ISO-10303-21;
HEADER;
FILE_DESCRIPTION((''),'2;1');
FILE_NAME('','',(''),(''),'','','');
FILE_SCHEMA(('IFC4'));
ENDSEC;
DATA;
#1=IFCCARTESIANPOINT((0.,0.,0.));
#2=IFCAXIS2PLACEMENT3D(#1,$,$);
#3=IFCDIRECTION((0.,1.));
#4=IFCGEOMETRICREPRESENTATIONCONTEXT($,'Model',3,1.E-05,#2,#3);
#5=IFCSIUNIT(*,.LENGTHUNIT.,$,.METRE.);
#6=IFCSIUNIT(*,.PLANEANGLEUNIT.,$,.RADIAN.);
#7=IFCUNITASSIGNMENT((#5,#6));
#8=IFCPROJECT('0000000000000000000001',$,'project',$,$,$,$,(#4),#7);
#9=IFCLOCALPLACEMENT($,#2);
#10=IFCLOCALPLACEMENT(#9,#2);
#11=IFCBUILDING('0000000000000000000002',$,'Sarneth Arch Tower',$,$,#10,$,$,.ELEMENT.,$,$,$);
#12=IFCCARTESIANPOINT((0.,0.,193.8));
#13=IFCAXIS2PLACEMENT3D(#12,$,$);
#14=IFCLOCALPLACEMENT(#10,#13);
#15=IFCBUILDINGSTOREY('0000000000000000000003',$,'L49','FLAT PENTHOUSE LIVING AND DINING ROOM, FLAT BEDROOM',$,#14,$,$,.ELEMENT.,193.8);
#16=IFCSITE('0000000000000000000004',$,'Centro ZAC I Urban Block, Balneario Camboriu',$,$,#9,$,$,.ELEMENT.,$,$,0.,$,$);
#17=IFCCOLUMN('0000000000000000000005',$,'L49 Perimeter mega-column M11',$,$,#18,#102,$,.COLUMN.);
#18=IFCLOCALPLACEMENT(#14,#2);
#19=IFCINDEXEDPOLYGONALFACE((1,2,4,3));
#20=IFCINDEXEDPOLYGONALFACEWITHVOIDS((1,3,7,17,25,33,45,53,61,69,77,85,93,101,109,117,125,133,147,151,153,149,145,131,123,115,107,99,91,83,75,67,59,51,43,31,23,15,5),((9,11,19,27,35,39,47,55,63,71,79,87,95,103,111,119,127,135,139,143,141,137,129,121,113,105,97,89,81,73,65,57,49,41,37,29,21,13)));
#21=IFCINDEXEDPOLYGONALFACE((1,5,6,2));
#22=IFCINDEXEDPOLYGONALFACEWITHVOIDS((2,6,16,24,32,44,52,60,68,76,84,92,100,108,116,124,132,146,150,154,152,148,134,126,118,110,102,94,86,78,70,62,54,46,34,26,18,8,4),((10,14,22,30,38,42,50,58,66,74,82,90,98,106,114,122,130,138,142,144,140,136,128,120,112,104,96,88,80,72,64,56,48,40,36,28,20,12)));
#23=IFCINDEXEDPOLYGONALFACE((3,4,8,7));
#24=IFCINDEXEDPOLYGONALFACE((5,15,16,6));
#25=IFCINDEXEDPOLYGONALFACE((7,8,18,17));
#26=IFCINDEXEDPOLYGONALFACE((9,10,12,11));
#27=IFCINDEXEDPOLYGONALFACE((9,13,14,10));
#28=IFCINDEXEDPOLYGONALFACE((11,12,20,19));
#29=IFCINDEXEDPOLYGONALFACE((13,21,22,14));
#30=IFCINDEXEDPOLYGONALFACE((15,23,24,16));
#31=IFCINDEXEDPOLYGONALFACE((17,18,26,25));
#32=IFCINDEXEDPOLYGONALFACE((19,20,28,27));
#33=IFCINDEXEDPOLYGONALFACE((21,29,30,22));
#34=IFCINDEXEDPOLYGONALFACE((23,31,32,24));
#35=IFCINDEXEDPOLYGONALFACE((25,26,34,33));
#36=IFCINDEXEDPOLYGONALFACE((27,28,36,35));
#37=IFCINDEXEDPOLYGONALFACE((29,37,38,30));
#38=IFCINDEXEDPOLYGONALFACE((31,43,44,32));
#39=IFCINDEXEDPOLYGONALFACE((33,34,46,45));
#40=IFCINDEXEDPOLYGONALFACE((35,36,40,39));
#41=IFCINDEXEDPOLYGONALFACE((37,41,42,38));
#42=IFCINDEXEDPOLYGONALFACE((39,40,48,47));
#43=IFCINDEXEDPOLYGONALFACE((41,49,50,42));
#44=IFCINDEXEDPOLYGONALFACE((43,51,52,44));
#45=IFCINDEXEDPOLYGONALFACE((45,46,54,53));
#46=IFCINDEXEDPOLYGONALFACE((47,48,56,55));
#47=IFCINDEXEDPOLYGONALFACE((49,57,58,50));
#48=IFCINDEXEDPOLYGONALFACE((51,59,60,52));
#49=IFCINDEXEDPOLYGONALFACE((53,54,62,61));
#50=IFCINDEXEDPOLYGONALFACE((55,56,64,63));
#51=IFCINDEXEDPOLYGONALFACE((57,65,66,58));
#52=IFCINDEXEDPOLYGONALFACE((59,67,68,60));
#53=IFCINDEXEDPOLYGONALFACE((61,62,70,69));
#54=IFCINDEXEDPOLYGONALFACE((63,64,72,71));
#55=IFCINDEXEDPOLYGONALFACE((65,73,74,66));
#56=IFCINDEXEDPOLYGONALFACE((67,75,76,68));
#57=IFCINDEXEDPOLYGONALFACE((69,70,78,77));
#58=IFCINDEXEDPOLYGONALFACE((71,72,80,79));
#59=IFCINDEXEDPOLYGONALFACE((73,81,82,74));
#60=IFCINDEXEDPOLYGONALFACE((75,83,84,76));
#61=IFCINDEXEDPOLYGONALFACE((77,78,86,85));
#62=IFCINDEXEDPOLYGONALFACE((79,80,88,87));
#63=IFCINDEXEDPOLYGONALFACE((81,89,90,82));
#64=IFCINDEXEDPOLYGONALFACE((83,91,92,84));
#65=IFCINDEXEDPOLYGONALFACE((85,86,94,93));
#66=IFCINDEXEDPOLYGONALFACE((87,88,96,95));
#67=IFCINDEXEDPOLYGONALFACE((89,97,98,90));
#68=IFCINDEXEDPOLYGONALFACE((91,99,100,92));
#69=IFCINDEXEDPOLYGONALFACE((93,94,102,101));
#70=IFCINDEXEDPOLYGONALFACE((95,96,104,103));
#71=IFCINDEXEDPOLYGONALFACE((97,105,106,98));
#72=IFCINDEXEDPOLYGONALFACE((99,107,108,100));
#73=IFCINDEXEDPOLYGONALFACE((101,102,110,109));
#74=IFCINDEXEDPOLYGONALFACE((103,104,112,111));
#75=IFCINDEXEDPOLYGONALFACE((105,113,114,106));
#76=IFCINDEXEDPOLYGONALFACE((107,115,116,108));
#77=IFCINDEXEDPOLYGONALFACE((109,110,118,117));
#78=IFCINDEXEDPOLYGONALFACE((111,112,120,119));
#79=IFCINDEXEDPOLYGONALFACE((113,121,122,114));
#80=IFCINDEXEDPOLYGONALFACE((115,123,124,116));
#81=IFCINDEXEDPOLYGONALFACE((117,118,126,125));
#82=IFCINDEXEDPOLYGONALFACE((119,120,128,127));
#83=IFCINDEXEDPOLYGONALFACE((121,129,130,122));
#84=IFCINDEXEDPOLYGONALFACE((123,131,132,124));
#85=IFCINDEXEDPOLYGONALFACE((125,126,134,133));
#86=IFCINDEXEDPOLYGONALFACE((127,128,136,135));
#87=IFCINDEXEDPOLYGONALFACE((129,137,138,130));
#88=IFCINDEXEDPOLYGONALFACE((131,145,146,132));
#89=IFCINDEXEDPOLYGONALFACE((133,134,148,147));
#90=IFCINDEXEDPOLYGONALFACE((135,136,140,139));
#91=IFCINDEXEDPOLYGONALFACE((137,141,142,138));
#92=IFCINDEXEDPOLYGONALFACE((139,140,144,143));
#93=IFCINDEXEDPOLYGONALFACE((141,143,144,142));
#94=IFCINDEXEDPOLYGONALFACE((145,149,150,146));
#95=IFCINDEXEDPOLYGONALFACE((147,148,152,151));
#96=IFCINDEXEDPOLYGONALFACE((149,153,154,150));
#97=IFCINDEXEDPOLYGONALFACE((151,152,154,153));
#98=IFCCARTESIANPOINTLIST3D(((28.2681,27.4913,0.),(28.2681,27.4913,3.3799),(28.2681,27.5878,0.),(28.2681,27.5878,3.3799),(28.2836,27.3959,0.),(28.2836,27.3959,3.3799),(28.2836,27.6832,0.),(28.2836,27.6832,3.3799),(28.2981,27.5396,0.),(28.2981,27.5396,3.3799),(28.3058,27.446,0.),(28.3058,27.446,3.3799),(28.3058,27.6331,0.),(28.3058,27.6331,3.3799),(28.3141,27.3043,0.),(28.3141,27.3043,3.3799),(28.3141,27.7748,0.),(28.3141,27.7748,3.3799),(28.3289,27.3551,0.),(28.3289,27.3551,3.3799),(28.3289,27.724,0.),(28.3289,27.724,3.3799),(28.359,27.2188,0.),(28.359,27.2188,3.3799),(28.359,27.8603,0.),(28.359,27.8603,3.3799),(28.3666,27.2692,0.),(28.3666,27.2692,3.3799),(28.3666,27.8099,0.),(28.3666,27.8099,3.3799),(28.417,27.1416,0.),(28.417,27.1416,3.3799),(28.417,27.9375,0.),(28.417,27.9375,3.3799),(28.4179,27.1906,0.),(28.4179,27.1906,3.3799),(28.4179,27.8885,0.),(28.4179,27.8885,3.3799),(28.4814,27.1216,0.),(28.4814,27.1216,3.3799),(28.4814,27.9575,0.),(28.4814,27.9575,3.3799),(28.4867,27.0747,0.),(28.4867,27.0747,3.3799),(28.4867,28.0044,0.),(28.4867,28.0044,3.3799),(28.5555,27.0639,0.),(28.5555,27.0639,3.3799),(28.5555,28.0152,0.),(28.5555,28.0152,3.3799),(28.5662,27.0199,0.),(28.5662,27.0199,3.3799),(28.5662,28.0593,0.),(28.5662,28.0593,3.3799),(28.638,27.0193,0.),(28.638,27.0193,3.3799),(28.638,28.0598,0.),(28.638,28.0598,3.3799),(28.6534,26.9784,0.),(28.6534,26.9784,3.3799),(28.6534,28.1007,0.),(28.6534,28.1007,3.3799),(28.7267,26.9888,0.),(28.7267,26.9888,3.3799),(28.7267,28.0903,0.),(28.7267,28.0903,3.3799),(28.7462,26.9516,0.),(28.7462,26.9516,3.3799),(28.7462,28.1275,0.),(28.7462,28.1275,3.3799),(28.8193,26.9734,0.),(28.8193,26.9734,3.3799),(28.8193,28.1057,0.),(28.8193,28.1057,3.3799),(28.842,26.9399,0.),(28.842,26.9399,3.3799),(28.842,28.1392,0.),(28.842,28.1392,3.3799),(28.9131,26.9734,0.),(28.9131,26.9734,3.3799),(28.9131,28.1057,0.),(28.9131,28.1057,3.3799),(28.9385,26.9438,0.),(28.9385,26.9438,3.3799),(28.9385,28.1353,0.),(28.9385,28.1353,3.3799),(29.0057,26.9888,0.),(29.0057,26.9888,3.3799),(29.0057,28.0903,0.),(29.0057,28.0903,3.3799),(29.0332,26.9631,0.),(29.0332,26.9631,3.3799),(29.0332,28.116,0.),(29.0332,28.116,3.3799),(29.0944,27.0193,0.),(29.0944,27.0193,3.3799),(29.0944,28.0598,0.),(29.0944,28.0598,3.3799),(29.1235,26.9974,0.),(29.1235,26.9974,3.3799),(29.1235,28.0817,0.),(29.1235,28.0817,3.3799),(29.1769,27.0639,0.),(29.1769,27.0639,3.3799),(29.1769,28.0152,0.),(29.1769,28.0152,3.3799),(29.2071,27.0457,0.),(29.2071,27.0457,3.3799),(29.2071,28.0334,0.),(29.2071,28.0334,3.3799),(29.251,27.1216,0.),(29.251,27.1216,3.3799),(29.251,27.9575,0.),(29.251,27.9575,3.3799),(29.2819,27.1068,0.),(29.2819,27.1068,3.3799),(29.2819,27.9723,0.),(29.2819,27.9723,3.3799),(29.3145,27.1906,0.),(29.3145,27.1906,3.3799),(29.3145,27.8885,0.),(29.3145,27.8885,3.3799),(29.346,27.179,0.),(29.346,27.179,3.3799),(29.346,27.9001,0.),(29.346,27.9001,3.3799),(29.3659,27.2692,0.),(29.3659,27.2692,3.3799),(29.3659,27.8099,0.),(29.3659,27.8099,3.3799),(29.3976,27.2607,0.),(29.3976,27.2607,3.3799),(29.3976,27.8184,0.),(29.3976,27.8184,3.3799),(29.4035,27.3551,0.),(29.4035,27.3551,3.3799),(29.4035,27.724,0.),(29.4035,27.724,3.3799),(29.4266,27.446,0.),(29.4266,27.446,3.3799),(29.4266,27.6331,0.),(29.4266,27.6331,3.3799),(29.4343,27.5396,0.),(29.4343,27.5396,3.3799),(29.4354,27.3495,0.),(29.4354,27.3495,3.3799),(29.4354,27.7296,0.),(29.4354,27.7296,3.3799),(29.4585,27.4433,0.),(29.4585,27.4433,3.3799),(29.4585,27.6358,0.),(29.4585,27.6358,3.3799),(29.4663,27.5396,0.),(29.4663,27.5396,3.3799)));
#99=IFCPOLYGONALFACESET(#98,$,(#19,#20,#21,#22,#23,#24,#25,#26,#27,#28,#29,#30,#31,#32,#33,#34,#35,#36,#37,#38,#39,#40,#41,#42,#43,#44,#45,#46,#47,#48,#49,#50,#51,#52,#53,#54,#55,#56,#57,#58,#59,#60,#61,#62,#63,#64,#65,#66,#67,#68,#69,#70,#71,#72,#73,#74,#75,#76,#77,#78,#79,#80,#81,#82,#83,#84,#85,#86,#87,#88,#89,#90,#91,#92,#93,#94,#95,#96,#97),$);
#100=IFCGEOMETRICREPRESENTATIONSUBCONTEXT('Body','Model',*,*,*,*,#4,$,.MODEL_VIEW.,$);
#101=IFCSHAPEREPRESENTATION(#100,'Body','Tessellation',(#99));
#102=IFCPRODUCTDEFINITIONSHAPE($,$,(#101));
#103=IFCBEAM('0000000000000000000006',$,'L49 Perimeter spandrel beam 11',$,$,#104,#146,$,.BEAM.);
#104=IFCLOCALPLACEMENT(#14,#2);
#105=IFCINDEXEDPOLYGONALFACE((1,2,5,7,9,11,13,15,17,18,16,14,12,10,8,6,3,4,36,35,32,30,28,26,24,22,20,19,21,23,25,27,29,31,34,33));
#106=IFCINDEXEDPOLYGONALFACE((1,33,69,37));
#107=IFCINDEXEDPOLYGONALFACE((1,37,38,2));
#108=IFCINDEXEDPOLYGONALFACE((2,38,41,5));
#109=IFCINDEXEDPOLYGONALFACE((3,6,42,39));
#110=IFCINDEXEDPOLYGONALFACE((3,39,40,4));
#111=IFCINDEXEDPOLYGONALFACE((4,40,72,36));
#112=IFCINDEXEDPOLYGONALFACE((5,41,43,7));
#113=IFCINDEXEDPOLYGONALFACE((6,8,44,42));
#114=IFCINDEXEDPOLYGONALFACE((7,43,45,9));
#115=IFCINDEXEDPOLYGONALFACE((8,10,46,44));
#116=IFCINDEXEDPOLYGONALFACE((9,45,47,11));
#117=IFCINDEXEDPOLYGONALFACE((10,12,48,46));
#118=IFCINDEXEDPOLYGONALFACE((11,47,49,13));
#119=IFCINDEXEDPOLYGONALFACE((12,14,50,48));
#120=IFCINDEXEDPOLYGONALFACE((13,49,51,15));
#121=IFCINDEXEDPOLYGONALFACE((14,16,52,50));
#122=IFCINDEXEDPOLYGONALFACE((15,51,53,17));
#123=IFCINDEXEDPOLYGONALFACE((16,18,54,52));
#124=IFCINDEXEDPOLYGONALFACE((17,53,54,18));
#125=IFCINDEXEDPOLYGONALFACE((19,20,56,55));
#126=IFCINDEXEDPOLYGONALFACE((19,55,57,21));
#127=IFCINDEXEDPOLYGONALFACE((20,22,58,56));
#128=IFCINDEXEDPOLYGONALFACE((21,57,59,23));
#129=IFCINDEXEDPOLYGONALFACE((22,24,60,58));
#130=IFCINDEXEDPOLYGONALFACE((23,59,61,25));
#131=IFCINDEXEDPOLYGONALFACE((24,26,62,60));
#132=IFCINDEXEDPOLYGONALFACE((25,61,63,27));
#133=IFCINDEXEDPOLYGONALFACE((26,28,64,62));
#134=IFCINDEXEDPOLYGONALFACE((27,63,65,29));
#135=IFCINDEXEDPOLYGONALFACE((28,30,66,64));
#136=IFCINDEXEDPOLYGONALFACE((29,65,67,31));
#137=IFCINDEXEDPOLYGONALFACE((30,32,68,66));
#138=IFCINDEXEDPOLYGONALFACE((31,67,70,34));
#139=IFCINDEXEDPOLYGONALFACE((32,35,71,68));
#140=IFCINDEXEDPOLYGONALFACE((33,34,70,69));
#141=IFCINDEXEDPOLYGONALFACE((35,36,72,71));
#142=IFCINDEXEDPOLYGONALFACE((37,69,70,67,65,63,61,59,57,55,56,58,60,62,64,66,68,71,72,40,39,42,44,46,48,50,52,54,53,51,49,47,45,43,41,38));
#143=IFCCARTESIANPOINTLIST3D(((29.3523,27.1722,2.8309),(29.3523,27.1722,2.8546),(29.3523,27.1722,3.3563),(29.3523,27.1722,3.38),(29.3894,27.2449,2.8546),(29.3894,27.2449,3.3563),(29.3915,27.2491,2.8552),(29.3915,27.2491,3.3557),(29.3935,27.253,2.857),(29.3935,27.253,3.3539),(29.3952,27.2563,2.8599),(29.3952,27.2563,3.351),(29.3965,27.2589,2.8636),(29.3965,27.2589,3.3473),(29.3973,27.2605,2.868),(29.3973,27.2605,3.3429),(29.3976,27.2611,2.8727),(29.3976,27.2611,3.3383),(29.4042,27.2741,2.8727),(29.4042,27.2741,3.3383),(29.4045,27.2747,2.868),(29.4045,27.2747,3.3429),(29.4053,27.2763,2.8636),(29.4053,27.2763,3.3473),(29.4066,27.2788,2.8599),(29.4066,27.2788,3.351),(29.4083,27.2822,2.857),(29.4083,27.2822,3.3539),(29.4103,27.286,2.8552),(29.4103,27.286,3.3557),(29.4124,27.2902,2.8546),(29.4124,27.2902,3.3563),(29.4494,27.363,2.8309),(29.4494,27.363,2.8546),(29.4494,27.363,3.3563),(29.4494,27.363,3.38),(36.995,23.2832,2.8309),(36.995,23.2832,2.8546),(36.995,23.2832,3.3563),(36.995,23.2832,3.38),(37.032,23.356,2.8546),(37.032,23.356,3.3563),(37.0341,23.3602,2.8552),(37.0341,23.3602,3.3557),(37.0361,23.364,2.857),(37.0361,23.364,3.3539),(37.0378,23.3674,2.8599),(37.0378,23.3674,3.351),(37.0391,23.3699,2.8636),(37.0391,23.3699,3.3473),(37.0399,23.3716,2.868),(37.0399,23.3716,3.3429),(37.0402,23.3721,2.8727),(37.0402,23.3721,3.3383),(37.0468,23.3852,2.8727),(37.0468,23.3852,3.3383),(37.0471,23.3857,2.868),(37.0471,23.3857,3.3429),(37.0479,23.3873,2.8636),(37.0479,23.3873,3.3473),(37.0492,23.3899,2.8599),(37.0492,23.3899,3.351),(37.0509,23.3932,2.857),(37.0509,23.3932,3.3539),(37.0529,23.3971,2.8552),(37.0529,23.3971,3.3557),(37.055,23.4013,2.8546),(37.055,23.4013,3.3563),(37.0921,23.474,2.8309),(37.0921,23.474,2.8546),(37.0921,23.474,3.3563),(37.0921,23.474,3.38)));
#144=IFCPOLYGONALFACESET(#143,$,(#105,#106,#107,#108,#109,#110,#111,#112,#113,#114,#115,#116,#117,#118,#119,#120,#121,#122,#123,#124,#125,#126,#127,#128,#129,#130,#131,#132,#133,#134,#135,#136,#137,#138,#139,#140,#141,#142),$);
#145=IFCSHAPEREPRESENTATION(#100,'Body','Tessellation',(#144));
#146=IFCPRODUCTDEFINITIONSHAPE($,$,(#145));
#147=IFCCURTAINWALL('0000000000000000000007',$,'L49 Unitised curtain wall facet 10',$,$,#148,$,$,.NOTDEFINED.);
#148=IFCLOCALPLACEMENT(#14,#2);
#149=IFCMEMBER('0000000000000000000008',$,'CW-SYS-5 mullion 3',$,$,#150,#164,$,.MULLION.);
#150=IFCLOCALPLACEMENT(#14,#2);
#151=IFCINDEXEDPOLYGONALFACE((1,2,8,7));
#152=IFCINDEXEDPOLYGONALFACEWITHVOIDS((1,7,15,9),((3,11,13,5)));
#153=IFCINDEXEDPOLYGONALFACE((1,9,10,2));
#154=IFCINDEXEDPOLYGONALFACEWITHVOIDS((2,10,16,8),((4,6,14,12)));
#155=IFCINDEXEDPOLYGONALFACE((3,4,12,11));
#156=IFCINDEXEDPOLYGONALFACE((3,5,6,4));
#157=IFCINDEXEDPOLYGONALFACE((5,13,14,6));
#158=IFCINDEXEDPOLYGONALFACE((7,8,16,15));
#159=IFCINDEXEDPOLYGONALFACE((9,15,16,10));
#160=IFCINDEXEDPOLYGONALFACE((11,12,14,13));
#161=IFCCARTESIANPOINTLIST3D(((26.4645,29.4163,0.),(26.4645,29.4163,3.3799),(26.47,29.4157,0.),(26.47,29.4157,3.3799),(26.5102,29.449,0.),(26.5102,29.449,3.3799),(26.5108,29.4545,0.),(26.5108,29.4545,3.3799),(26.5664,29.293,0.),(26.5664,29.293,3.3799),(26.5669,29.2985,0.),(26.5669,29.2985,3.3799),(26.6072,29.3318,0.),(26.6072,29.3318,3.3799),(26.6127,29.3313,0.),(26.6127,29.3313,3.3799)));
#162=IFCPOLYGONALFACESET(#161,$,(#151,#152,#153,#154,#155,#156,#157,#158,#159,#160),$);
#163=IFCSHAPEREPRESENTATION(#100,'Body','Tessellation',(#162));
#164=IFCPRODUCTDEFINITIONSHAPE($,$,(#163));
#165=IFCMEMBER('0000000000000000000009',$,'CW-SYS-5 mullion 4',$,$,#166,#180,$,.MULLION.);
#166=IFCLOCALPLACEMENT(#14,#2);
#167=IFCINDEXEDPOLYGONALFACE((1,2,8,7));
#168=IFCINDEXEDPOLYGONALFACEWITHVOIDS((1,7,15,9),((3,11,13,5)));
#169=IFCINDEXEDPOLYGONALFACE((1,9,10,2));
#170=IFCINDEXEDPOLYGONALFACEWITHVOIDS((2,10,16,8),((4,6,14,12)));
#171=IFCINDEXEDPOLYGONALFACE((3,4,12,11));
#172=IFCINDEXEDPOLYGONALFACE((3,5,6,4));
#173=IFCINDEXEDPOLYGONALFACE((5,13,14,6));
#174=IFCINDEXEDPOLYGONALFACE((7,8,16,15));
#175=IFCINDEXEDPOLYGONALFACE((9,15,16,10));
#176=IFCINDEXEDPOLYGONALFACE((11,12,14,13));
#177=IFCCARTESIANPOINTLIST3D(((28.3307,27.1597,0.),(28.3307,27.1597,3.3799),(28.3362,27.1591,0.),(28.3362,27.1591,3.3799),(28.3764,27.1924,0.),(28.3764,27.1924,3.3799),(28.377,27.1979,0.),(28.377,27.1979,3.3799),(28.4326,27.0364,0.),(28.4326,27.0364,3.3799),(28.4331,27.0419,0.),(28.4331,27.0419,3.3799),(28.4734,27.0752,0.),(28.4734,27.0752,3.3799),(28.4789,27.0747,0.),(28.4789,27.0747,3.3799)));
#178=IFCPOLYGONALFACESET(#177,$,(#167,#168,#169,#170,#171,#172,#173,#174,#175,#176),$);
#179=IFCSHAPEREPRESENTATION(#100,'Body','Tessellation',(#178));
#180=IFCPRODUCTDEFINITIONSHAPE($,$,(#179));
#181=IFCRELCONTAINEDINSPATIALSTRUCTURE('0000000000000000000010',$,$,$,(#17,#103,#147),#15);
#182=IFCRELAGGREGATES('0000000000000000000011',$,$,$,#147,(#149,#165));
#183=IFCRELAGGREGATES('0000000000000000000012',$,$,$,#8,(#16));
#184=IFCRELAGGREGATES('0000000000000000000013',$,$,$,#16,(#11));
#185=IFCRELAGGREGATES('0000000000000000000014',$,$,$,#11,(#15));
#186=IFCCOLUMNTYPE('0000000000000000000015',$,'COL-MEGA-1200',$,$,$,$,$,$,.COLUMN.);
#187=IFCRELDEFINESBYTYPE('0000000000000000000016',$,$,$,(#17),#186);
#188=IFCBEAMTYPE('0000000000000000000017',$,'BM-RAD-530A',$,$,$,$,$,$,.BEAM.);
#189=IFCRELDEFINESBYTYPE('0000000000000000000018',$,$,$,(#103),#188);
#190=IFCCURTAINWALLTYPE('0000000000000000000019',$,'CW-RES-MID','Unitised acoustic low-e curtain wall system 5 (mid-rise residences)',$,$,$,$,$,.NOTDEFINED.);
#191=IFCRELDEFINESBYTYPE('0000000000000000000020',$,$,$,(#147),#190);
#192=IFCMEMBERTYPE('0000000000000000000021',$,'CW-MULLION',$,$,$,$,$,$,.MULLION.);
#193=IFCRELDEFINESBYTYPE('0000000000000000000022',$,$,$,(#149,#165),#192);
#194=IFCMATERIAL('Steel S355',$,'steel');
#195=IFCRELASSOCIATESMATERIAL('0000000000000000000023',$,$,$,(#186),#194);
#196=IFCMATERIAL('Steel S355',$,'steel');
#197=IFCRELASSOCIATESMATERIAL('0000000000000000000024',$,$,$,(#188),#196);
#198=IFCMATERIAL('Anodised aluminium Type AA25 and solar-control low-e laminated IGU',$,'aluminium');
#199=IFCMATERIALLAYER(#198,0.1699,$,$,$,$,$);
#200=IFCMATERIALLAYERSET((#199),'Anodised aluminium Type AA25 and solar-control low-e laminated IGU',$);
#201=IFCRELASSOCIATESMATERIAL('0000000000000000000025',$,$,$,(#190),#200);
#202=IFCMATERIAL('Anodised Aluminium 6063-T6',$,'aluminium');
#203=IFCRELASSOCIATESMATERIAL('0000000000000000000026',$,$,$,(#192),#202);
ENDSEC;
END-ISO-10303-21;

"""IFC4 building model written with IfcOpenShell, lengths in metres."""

from ifc_helpers import new_model, si_unit, direction, frame, origin, origin_2d, place, context, subcontext, project, spatial, hollow_rectangle, hollow_circle, i_section, extrude, material, layer, layer_set, material_profile, profile_set, type_object, element, aggregate, save


model = new_model("IFC4")

# Units and contexts
model_context = context("Model", 3, precision=1e-05, world=origin(), true_north=direction((0.0, 1.0)))
body_context = subcontext(model_context, "Body", "Model", "MODEL_VIEW")
ifc_project = project(units=[si_unit("LENGTHUNIT", "METRE"), si_unit("PLANEANGLEUNIT", "RADIAN")], contexts=[model_context])

# Site, building, storey
site_placement = place(None, origin())
site = spatial("IfcSite", under=ifc_project, at=site_placement, Name="Centro ZAC I Urban Block, Balneario Camboriu", CompositionType="ELEMENT", RefElevation=0.0)
building_placement = place(site_placement, origin())
building = spatial("IfcBuilding", under=site, at=building_placement, Name="Sarneth Arch Tower", CompositionType="ELEMENT")
storey_placement = place(building_placement, frame((0.0, 0.0, 193.8)))
storey = spatial("IfcBuildingStorey", under=building, at=storey_placement, Name="L49", Description="FLAT PENTHOUSE LIVING AND DINING ROOM, FLAT BEDROOM", CompositionType="ELEMENT", Elevation=193.8)

# Column
ifc_material_1 = material(Name="Steel S355", Category="steel")
ifc_material_profile_1 = material_profile(ifc_material_1, hollow_circle(Radius=0.6001, WallThickness=0.032, at=origin_2d()), Name="CHS1200x32")
ifc_profile_set_1 = profile_set([ifc_material_profile_1], Name="Steel S355")
column_type = type_object("IfcColumnType", Name="COL-MEGA-1200", PredefinedType="COLUMN", material=ifc_profile_set_1)
column_placement = place(storey_placement, frame((28.8662, 27.5396, 0.0), z_axis=(0.0, 0.0, 1.0), x_axis=(1.0, 0.0, 0.0)))
element("IfcColumn", 1, at=column_placement, inside=storey, type_object=column_type, Name="L49 Perimeter mega-column M11", PredefinedType="COLUMN", context=body_context, shape_type="SweptSolid", body=[
    extrude(hollow_circle(Radius=0.6001, WallThickness=0.032, at=origin_2d()), origin(), (0.0, 0.0, 1.0), 3.3799),
])

# Beam
ifc_material_2 = material(Name="Steel S355", Category="steel")
ifc_material_profile_2 = material_profile(ifc_material_2, i_section(OverallWidth=0.2141, OverallDepth=0.5491, WebThickness=0.0146, FlangeThickness=0.0237, FilletRadius=0.0181, at=origin_2d()), Name="W530x138")
ifc_profile_set_2 = profile_set([ifc_material_profile_2], Name="Steel S355")
beam_type = type_object("IfcBeamType", Name="BM-RAD-530A", PredefinedType="BEAM", material=ifc_profile_set_2)
beam_placement = place(storey_placement, frame((29.4009, 27.2676, 3.1055), z_axis=(0.89125, -0.453512, 0.0), x_axis=(0.453512, 0.89125, 0.0)))
element("IfcBeam", 2, at=beam_placement, inside=storey, type_object=beam_type, Name="L49 Perimeter spandrel beam 11", PredefinedType="BEAM", context=body_context, shape_type="SweptSolid", body=[
    extrude(i_section(OverallWidth=0.2141, OverallDepth=0.5491, WebThickness=0.0146, FlangeThickness=0.0237, FilletRadius=0.0181, at=origin_2d()), origin(), (0.0, 0.0, 1.0), 8.5752),
])

# Curtain wall, members
ifc_material_3 = material(Name="Anodised aluminium Type AA25 and solar-control low-e laminated IGU", Category="aluminium")
ifc_layer_1 = layer(ifc_material_3, 0.1699)
ifc_layer_set_1 = layer_set([ifc_layer_1], Name="Anodised aluminium Type AA25 and solar-control low-e laminated IGU")
curtain_wall_type = type_object("IfcCurtainWallType", Name="CW-RES-MID", Description="Unitised acoustic low-e curtain wall system 5 (mid-rise residences)", PredefinedType="NOTDEFINED", material=ifc_layer_set_1)
curtain_wall_placement = place(storey_placement, origin())
curtain_wall = element("IfcCurtainWall", 3, at=curtain_wall_placement, inside=storey, type_object=curtain_wall_type, Name="L49 Unitised curtain wall facet 10", PredefinedType="NOTDEFINED")
ifc_material_4 = material(Name="Anodised Aluminium 6063-T6", Category="aluminium")
ifc_material_profile_3 = material_profile(ifc_material_4, hollow_rectangle(XDim=0.0601, YDim=0.1599, WallThickness=0.0039, at=origin_2d()), Name="AL-MULL-160x60x4")
ifc_profile_set_3 = profile_set([ifc_material_profile_3], Name="Anodised Aluminium 6063-T6")
member_type_1 = type_object("IfcMemberType", Name="CW-MULLION", PredefinedType="MULLION", material=ifc_profile_set_3)
member_1_placement = place(storey_placement, frame((26.5386, 29.3738, 0.0), z_axis=(0.0, 0.0, 1.0), x_axis=(0.770591, 0.63733, 0.0)))
member_1 = element("IfcMember", 4, at=member_1_placement, type_object=member_type_1, Name="CW-SYS-5 mullion 3", PredefinedType="MULLION", context=body_context, shape_type="SweptSolid", body=[
    extrude(hollow_rectangle(XDim=0.0601, YDim=0.1599, WallThickness=0.0039, at=origin_2d()), origin(), (0.0, 0.0, 1.0), 3.3799),
])
member_2_placement = place(storey_placement, frame((28.4048, 27.1172, 0.0), z_axis=(0.0, 0.0, 1.0), x_axis=(0.770591, 0.63733, 0.0)))
member_2 = element("IfcMember", 5, at=member_2_placement, type_object=member_type_1, Name="CW-SYS-5 mullion 4", PredefinedType="MULLION", context=body_context, shape_type="SweptSolid", body=[
    extrude(hollow_rectangle(XDim=0.0601, YDim=0.1599, WallThickness=0.0039, at=origin_2d()), origin(), (0.0, 0.0, 1.0), 3.3799),
])

aggregate(curtain_wall, [member_1, member_2])

save(model, "model.ifc")
